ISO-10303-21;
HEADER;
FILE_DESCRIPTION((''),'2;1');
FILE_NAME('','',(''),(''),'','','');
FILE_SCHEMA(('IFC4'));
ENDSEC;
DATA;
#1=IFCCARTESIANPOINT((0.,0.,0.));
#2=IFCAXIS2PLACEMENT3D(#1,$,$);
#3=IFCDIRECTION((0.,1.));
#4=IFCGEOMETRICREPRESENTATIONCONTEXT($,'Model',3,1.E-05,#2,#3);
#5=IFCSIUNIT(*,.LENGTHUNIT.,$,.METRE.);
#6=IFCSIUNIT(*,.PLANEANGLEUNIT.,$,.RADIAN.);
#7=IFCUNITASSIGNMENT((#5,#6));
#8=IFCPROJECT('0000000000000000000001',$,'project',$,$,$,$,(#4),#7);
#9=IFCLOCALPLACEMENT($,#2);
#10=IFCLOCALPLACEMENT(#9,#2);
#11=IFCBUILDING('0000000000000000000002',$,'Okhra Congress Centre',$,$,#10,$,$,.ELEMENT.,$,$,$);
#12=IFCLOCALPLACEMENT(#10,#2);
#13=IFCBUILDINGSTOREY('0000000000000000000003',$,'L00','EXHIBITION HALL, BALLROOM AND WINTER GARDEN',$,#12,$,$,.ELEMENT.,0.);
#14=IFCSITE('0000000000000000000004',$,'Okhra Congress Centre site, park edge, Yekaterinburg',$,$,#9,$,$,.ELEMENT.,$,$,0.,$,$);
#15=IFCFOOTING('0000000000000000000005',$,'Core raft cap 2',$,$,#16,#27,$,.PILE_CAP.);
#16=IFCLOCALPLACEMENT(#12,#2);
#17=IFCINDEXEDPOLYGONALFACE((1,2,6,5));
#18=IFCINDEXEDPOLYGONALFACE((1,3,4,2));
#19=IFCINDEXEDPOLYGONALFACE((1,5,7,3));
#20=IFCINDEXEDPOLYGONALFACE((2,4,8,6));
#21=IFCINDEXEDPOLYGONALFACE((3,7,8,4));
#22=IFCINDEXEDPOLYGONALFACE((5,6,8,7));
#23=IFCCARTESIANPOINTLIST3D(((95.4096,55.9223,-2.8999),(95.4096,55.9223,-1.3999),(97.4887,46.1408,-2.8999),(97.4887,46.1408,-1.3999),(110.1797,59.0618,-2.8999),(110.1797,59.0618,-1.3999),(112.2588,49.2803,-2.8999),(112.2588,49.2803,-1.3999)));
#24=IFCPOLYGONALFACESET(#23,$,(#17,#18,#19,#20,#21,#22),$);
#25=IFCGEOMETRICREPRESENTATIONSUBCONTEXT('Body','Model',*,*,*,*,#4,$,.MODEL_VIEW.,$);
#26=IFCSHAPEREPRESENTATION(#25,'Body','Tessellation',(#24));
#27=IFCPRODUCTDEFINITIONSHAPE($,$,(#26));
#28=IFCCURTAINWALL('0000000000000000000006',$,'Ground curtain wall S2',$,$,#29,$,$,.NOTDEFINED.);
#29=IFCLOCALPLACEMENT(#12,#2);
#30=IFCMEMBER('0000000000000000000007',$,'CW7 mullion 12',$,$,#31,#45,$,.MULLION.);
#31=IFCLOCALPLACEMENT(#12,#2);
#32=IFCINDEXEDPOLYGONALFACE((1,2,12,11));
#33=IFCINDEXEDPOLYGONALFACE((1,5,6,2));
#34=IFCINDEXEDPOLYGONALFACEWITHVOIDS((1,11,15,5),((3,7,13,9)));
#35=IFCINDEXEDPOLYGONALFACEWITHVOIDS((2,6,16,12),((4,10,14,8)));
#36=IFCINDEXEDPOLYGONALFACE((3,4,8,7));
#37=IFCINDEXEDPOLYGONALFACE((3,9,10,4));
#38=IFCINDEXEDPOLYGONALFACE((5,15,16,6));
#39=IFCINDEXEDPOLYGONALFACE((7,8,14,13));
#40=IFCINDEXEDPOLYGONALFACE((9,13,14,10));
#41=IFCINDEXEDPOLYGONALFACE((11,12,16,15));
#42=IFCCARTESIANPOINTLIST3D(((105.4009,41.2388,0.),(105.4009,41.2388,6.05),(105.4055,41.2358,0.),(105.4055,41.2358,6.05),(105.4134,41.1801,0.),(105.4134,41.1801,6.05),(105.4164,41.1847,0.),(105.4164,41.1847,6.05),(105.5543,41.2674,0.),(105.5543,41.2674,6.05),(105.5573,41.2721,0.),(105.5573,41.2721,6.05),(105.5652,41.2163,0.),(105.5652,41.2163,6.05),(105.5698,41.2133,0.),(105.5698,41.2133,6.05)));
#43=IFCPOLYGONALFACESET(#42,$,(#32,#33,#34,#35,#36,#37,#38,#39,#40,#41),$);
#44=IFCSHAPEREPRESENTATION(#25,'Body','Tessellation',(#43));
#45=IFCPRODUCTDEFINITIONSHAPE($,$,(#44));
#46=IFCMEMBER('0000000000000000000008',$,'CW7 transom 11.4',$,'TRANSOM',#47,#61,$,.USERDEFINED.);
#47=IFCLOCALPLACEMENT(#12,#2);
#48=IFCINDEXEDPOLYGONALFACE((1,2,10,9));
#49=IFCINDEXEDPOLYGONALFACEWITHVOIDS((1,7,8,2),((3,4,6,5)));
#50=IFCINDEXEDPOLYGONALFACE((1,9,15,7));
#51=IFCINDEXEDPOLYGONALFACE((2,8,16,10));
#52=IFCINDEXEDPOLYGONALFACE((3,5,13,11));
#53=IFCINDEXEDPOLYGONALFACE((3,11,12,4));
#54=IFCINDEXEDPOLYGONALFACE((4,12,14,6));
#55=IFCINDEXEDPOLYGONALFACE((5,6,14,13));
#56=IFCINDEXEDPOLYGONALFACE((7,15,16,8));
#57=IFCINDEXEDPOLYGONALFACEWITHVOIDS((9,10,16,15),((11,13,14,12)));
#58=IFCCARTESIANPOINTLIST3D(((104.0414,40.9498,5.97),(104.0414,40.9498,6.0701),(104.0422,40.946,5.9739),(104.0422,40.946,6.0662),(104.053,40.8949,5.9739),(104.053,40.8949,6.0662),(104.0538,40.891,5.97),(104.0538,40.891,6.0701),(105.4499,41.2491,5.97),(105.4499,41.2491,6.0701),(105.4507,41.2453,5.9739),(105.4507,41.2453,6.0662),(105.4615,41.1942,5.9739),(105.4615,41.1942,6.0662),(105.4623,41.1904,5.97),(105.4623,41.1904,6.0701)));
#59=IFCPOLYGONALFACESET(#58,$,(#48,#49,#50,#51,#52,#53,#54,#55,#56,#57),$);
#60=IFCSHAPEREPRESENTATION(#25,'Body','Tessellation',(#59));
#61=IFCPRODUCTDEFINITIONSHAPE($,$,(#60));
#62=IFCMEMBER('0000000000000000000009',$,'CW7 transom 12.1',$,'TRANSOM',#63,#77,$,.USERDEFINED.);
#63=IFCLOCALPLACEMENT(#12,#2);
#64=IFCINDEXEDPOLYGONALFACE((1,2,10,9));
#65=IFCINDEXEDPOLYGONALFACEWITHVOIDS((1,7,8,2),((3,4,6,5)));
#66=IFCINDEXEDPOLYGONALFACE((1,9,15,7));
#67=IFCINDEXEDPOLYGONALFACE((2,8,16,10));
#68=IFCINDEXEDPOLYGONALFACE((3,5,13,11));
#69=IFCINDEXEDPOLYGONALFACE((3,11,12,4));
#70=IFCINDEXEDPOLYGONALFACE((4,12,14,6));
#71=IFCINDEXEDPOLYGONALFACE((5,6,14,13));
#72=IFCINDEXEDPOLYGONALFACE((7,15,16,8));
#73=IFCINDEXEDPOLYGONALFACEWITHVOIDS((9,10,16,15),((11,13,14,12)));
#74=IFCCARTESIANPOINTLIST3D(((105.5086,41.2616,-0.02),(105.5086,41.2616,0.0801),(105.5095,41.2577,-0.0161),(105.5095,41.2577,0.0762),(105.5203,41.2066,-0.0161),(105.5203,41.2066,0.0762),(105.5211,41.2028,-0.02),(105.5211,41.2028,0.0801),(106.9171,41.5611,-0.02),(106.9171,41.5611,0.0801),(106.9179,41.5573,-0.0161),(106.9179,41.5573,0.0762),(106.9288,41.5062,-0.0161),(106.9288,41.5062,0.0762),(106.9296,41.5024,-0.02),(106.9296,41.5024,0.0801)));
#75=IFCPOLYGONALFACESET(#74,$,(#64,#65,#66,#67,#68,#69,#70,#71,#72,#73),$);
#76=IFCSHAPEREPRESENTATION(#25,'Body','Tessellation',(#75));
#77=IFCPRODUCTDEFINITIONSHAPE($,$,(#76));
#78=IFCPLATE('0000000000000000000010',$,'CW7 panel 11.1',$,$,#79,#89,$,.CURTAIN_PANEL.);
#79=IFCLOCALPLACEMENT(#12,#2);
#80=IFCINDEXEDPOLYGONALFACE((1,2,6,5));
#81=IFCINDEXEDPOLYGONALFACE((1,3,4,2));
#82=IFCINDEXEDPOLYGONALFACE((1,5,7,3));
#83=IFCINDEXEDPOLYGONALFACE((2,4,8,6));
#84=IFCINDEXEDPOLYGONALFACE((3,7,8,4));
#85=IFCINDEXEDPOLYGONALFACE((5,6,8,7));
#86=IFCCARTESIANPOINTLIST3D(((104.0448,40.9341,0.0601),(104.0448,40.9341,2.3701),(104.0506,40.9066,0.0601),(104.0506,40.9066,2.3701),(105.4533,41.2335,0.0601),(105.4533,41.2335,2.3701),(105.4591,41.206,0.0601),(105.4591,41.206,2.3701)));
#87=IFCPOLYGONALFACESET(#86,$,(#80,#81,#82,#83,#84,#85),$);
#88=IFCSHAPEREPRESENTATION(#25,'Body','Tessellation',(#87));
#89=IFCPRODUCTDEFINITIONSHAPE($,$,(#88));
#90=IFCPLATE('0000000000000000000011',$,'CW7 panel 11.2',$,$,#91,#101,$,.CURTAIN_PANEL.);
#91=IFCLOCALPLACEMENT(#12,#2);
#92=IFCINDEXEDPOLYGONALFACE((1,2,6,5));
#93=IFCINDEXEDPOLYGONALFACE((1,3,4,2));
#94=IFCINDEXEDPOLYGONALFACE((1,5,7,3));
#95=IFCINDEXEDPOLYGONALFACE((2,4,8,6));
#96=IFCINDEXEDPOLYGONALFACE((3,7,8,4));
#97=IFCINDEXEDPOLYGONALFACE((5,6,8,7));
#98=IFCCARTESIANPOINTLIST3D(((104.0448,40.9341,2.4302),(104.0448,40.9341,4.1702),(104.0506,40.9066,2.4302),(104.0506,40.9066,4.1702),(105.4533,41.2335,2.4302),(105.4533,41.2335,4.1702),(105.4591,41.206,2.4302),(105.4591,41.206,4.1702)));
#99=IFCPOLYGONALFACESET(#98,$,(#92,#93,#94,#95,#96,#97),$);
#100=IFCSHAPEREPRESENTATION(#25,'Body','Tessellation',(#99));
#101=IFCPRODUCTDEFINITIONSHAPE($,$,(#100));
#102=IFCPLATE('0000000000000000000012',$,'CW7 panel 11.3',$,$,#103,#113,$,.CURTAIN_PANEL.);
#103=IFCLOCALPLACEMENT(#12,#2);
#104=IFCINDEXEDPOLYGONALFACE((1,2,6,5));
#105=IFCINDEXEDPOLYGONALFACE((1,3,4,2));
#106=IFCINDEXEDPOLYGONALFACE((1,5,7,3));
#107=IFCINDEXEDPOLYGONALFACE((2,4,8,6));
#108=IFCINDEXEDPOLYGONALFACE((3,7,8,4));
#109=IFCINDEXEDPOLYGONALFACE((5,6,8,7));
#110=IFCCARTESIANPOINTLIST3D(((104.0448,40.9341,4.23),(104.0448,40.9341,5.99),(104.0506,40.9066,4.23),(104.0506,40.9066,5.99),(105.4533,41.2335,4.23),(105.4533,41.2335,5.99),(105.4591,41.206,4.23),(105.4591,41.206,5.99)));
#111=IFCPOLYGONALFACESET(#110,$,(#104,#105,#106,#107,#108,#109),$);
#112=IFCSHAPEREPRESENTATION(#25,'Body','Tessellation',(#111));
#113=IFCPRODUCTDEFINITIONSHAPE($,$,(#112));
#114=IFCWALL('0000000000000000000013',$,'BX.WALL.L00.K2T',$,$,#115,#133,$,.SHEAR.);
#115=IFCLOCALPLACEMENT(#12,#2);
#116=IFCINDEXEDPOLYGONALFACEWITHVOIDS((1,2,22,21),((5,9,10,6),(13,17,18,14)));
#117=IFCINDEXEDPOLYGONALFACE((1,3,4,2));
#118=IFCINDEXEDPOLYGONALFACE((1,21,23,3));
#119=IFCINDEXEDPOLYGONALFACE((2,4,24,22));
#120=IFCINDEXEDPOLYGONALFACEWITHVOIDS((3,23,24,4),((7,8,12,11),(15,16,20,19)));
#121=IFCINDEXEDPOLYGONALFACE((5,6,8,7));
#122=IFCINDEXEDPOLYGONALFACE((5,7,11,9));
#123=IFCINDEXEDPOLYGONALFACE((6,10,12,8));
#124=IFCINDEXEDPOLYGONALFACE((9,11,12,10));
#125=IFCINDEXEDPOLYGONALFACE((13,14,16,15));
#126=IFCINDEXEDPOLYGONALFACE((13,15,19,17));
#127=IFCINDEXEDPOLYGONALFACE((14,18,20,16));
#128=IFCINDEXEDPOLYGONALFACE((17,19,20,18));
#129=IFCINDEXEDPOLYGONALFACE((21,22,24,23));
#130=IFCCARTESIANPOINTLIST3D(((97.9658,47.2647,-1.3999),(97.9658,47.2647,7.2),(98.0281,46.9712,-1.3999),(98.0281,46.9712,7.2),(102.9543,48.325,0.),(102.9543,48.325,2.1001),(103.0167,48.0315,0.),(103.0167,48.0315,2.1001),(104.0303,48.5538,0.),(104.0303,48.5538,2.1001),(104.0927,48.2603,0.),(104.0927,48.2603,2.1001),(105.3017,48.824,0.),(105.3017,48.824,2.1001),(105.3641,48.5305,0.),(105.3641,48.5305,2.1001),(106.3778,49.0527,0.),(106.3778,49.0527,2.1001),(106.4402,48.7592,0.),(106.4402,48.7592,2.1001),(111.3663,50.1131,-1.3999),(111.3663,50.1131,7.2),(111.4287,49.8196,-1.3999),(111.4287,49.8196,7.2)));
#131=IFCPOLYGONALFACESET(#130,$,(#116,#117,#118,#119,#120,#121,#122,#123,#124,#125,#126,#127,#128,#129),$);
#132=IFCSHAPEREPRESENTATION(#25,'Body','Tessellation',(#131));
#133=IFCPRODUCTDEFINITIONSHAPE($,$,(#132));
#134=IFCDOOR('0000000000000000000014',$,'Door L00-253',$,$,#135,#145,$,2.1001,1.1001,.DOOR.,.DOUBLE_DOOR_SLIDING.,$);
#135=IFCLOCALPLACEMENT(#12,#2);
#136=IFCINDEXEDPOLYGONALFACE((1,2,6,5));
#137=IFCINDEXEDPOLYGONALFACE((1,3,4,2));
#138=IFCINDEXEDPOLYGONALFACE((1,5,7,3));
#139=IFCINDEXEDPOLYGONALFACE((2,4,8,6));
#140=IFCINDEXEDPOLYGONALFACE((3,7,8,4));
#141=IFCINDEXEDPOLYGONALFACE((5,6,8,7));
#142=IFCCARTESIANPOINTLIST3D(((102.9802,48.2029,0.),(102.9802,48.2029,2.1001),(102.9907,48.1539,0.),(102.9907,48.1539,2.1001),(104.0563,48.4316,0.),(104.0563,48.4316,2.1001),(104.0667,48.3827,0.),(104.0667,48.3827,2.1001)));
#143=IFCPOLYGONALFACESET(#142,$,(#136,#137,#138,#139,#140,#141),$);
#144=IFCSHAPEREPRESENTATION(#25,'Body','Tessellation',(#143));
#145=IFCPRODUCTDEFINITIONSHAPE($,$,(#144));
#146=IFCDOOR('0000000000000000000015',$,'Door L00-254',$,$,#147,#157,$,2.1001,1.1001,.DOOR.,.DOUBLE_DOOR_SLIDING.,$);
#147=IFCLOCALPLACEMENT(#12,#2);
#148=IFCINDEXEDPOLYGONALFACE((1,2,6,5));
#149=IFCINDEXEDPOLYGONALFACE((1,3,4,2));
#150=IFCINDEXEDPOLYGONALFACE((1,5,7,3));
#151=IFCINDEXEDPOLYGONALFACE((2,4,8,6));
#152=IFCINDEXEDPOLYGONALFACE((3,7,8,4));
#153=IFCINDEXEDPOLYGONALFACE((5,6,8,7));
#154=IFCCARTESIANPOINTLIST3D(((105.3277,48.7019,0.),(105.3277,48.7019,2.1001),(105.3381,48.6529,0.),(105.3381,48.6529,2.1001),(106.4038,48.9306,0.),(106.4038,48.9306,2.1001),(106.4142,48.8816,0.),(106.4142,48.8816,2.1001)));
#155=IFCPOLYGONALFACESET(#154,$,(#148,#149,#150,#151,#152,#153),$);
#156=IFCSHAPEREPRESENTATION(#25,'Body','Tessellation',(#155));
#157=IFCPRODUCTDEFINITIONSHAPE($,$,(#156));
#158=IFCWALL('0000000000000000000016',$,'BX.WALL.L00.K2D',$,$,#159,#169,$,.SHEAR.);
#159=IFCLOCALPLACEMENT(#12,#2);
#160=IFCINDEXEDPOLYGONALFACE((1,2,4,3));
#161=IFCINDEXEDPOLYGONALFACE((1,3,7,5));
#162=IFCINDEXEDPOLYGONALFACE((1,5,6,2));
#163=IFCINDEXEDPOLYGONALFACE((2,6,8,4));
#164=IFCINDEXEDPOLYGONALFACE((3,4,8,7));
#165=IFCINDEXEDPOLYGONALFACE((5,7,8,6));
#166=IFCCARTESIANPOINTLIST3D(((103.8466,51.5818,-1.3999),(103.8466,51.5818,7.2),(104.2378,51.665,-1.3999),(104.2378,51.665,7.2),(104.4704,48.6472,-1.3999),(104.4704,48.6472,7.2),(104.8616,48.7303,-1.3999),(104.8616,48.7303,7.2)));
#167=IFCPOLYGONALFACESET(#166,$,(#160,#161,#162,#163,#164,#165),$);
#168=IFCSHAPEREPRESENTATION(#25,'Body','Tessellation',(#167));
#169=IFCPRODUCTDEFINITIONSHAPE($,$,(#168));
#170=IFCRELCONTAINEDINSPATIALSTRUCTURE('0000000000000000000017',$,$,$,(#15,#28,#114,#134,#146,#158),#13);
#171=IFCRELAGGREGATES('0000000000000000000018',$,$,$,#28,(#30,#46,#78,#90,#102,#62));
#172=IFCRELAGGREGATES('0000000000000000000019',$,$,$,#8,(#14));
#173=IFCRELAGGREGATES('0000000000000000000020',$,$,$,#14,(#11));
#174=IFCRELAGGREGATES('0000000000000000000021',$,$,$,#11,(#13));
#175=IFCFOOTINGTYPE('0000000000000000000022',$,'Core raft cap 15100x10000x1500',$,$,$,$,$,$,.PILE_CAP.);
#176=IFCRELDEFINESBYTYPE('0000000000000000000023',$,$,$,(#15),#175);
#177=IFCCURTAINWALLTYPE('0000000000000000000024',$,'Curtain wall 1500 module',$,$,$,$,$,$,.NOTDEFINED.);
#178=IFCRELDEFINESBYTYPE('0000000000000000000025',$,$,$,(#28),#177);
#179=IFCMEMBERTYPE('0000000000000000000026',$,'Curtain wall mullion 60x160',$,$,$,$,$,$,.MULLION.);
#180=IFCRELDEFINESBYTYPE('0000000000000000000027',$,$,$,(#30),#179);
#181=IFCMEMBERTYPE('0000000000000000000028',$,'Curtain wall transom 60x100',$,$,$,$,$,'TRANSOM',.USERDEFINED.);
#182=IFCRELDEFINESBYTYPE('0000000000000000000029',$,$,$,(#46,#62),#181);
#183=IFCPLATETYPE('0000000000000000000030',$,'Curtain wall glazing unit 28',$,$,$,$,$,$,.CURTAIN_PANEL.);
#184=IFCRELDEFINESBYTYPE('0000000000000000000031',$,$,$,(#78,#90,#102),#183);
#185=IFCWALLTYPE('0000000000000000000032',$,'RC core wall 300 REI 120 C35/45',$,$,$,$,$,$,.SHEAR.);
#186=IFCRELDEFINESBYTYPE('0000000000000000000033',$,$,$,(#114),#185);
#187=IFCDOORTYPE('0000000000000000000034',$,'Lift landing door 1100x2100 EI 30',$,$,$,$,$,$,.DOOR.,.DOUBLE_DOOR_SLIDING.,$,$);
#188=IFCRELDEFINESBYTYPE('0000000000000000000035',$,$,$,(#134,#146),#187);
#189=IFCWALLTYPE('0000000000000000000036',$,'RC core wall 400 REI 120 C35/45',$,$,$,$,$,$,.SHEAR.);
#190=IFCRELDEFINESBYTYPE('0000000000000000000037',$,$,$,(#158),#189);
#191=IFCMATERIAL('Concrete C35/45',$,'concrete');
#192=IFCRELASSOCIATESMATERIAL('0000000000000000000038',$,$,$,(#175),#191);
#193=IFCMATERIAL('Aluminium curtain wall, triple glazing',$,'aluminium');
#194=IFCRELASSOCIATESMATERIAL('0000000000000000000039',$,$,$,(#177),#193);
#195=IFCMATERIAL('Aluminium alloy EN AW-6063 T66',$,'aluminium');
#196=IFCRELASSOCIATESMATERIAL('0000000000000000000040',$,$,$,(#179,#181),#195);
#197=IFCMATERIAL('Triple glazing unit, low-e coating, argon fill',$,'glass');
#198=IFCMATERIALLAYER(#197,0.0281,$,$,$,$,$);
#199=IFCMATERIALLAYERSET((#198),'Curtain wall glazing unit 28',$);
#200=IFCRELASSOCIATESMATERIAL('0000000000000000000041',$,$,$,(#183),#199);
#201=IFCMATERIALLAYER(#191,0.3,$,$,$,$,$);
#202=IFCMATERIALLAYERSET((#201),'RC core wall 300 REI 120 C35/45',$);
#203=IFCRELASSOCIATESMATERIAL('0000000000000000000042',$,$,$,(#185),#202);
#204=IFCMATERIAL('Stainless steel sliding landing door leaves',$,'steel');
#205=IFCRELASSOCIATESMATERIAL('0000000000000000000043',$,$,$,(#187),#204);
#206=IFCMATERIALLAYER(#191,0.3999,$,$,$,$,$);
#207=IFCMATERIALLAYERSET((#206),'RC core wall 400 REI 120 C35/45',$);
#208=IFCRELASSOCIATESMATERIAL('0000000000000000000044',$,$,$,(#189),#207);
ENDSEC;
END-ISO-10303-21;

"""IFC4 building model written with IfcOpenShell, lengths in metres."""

from ifc_helpers import new_model, si_unit, direction, frame, frame_2d, origin, origin_2d, place, context, subcontext, project, spatial, rectangle, hollow_rectangle, extrude, material, layer, layer_set, material_profile, profile_set, type_object, element, fill, aggregate, save


model = new_model("IFC4")

# Units and contexts
model_context = context("Model", 3, precision=1e-05, world=origin(), true_north=direction((0.0, 1.0)))
body_context = subcontext(model_context, "Body", "Model", "MODEL_VIEW")
ifc_project = project(units=[si_unit("LENGTHUNIT", "METRE"), si_unit("PLANEANGLEUNIT", "RADIAN")], contexts=[model_context])

# Site, building, storey
site_placement = place(None, origin())
site = spatial("IfcSite", under=ifc_project, at=site_placement, Name="Okhra Congress Centre site, park edge, Yekaterinburg", CompositionType="ELEMENT", RefElevation=0.0)
building_placement = place(site_placement, origin())
building = spatial("IfcBuilding", under=site, at=building_placement, Name="Okhra Congress Centre", CompositionType="ELEMENT")
storey_placement = place(building_placement, origin())
storey = spatial("IfcBuildingStorey", under=building, at=storey_placement, Name="L00", Description="EXHIBITION HALL, BALLROOM AND WINTER GARDEN", CompositionType="ELEMENT", Elevation=0.0)

# Footing
ifc_material_1 = material(Name="Concrete C35/45", Category="concrete")
footing_type = type_object("IfcFootingType", Name="Core raft cap 15100x10000x1500", PredefinedType="PILE_CAP", material=ifc_material_1)
footing_placement = place(storey_placement, frame((103.8342, 52.6013, -2.8999), z_axis=(0.0, 0.0, 1.0), x_axis=(0.978148, 0.207912, 0.0)))
element("IfcFooting", 1, at=footing_placement, inside=storey, type_object=footing_type, Name="Core raft cap 2", PredefinedType="PILE_CAP", context=body_context, shape_type="SweptSolid", body=[
    extrude(rectangle(XDim=15.1001, YDim=10.0, at=origin_2d()), origin(), (0.0, 0.0, 1.0), 1.5),
])

# Curtain wall, members, plates
ifc_material_2 = material(Name="Aluminium curtain wall, triple glazing", Category="aluminium")
curtain_wall_type = type_object("IfcCurtainWallType", Name="Curtain wall 1500 module", PredefinedType="NOTDEFINED", material=ifc_material_2)
curtain_wall_placement = place(storey_placement, origin())
curtain_wall = element("IfcCurtainWall", 2, at=curtain_wall_placement, inside=storey, type_object=curtain_wall_type, Name="Ground curtain wall S2", PredefinedType="NOTDEFINED")
ifc_material_3 = material(Name="Aluminium alloy EN AW-6063 T66", Category="aluminium")
ifc_material_profile_1 = material_profile(ifc_material_3, hollow_rectangle(XDim=0.0601, YDim=0.1599, WallThickness=0.0039, at=origin_2d()), Name="RHS 60x160x4")
ifc_profile_set_1 = profile_set([ifc_material_profile_1], Name="Aluminium alloy EN AW-6063 T66")
member_type_1 = type_object("IfcMemberType", Name="Curtain wall mullion 60x160", PredefinedType="MULLION", material=ifc_profile_set_1)
member_1_placement = place(storey_placement, frame((105.4854, 41.2261, 0.0), z_axis=(0.0, 0.0, 1.0), x_axis=(-0.207912, 0.978148, 0.0)))
member_1 = element("IfcMember", 3, at=member_1_placement, type_object=member_type_1, Name="CW7 mullion 12", PredefinedType="MULLION", context=body_context, shape_type="SweptSolid", body=[
    extrude(hollow_rectangle(XDim=0.0601, YDim=0.1599, WallThickness=0.0039, at=origin_2d()), origin(), (0.0, 0.0, 1.0), 6.05),
])
ifc_material_profile_2 = material_profile(ifc_material_3, hollow_rectangle(XDim=0.0601, YDim=0.1001, WallThickness=0.0039, at=origin_2d()), Name="RHS 60x100x4")
ifc_profile_set_2 = profile_set([ifc_material_profile_2], Name="Aluminium alloy EN AW-6063 T66")
member_type_2 = type_object("IfcMemberType", Name="Curtain wall transom 60x100", ElementType="TRANSOM", PredefinedType="USERDEFINED", material=ifc_profile_set_2)
member_2_placement = place(storey_placement, frame((104.0476, 40.9204, 6.02), z_axis=(0.978156, 0.207873, 0.0), x_axis=(-0.207873, 0.978156, 0.0)))
member_2 = element("IfcMember", 4, at=member_2_placement, type_object=member_type_2, Name="CW7 transom 11.4", ObjectType="TRANSOM", PredefinedType="USERDEFINED", context=body_context, shape_type="SweptSolid", body=[
    extrude(hollow_rectangle(XDim=0.0601, YDim=0.1001, WallThickness=0.0039, at=origin_2d()), origin(), (0.0, 0.0, 1.0), 1.4399),
])
member_3_placement = place(storey_placement, frame((105.5149, 41.2322, 0.03), z_axis=(0.978121, 0.208035, 0.0), x_axis=(-0.208035, 0.978121, 0.0)))
member_3 = element("IfcMember", 5, at=member_3_placement, type_object=member_type_2, Name="CW7 transom 12.1", ObjectType="TRANSOM", PredefinedType="USERDEFINED", context=body_context, shape_type="SweptSolid", body=[
    extrude(hollow_rectangle(XDim=0.0601, YDim=0.1001, WallThickness=0.0039, at=origin_2d()), origin(), (0.0, 0.0, 1.0), 1.4399),
])
ifc_material_4 = material(Name="Triple glazing unit, low-e coating, argon fill", Category="glass")
ifc_layer_1 = layer(ifc_material_4, 0.0281)
ifc_layer_set_1 = layer_set([ifc_layer_1], Name="Curtain wall glazing unit 28")
plate_type = type_object("IfcPlateType", Name="Curtain wall glazing unit 28", PredefinedType="CURTAIN_PANEL", material=ifc_layer_set_1)
plate_1_placement = place(storey_placement, frame((104.752, 41.0701, 0.0601), z_axis=(0.0, 0.0, 1.0), x_axis=(0.978148, 0.207912, 0.0)))
plate_1 = element("IfcPlate", 6, at=plate_1_placement, type_object=plate_type, Name="CW7 panel 11.1", PredefinedType="CURTAIN_PANEL", context=body_context, shape_type="SweptSolid", body=[
    extrude(rectangle(XDim=1.4399, YDim=0.0281, at=origin_2d()), origin(), (0.0, 0.0, 1.0), 2.3101),
])
plate_2_placement = place(storey_placement, frame((104.752, 41.0701, 2.4302), z_axis=(0.0, 0.0, 1.0), x_axis=(0.978148, 0.207912, 0.0)))
plate_2 = element("IfcPlate", 7, at=plate_2_placement, type_object=plate_type, Name="CW7 panel 11.2", PredefinedType="CURTAIN_PANEL", context=body_context, shape_type="SweptSolid", body=[
    extrude(rectangle(XDim=1.4399, YDim=0.0281, at=origin_2d()), origin(), (0.0, 0.0, 1.0), 1.74),
])
plate_3_placement = place(storey_placement, frame((104.752, 41.0701, 4.23), z_axis=(0.0, 0.0, 1.0), x_axis=(0.978148, 0.207912, 0.0)))
plate_3 = element("IfcPlate", 8, at=plate_3_placement, type_object=plate_type, Name="CW7 panel 11.3", PredefinedType="CURTAIN_PANEL", context=body_context, shape_type="SweptSolid", body=[
    extrude(rectangle(XDim=1.4399, YDim=0.0281, at=origin_2d()), origin(), (0.0, 0.0, 1.0), 1.76),
])
aggregate(curtain_wall, [member_1, member_2, plate_1, plate_2, plate_3, member_3])

# Wall, openings, doors
ifc_layer_2 = layer(ifc_material_1, 0.3)
ifc_layer_set_2 = layer_set([ifc_layer_2], Name="RC core wall 300 REI 120 C35/45")
wall_type_1 = type_object("IfcWallType", Name="RC core wall 300 REI 120 C35/45", PredefinedType="SHEAR", material=ifc_layer_set_2)
wall_1_placement = place(storey_placement, frame((97.9968, 47.1179, -1.3999), z_axis=(0.0, 0.0, 1.0), x_axis=(0.978148, 0.207911, 0.0)))
wall_1 = element("IfcWall", 9, at=wall_1_placement, inside=storey, type_object=wall_type_1, Name="BX.WALL.L00.K2T", PredefinedType="SHEAR", context=body_context, shape_type="SweptSolid", body=[
    extrude(rectangle(XDim=13.7, YDim=0.3, at=frame_2d((6.8501, 0.0))), origin(), (0.0, 0.0, 1.0), 8.5999),
])
opening_1_placement = place(wall_1_placement, frame((5.1001, 0.0, 1.3999)))
opening_1 = element("IfcOpeningElement", 10, at=opening_1_placement, cuts=wall_1, PredefinedType="OPENING", context=body_context, shape_type="SweptSolid", body=[
    extrude(rectangle(XDim=1.1001, YDim=2.1001, at=frame_2d((0.55, 1.05))), frame((0.0, 0.1599, 0.0), z_axis=(0.0, -1.0, 0.0), x_axis=(1.0, 0.0, 0.0)), (0.0, 0.0, 1.0), 0.3201),
])
opening_2_placement = place(wall_1_placement, frame((7.5, 0.0, 1.3999)))
opening_2 = element("IfcOpeningElement", 11, at=opening_2_placement, cuts=wall_1, PredefinedType="OPENING", context=body_context, shape_type="SweptSolid", body=[
    extrude(rectangle(XDim=1.1001, YDim=2.1001, at=frame_2d((0.55, 1.05))), frame((0.0, 0.1599, 0.0), z_axis=(0.0, -1.0, 0.0), x_axis=(1.0, 0.0, 0.0)), (0.0, 0.0, 1.0), 0.3201),
])
ifc_material_5 = material(Name="Stainless steel sliding landing door leaves", Category="steel")
door_type = type_object("IfcDoorType", Name="Lift landing door 1100x2100 EI 30", OperationType="DOUBLE_DOOR_SLIDING", PredefinedType="DOOR", material=ifc_material_5)
door_1_placement = place(opening_1_placement, frame((1.1001, 0.0, 0.0), z_axis=(0.0, 0.0, 1.0), x_axis=(-1.0, 0.0, 0.0)))
door_1 = element("IfcDoor", 12, at=door_1_placement, inside=storey, type_object=door_type, Name="Door L00-253", OperationType="DOUBLE_DOOR_SLIDING", OverallHeight=2.1001, OverallWidth=1.1001, PredefinedType="DOOR", context=body_context, shape_type="SweptSolid", body=[
    extrude(rectangle(XDim=1.1001, YDim=2.1001, at=frame_2d((0.55, 1.05))), frame((0.0, 0.0249, 0.0), z_axis=(0.0, -1.0, 0.0), x_axis=(1.0, 0.0, 0.0)), (0.0, 0.0, 1.0), 0.05),
])
fill(opening_1, door_1)
door_2_placement = place(opening_2_placement, frame((1.1001, 0.0, 0.0), z_axis=(0.0, 0.0, 1.0), x_axis=(-1.0, 0.0, 0.0)))
door_2 = element("IfcDoor", 13, at=door_2_placement, inside=storey, type_object=door_type, Name="Door L00-254", OperationType="DOUBLE_DOOR_SLIDING", OverallHeight=2.1001, OverallWidth=1.1001, PredefinedType="DOOR", context=body_context, shape_type="SweptSolid", body=[
    extrude(rectangle(XDim=1.1001, YDim=2.1001, at=frame_2d((0.55, 1.05))), frame((0.0, 0.0249, 0.0), z_axis=(0.0, -1.0, 0.0), x_axis=(1.0, 0.0, 0.0)), (0.0, 0.0, 1.0), 0.05),
])
fill(opening_2, door_2)

# Wall
ifc_layer_3 = layer(ifc_material_1, 0.3999)
ifc_layer_set_3 = layer_set([ifc_layer_3], Name="RC core wall 400 REI 120 C35/45")
wall_type_2 = type_object("IfcWallType", Name="RC core wall 400 REI 120 C35/45", PredefinedType="SHEAR", material=ifc_layer_set_3)
wall_2_placement = place(storey_placement, frame((104.0422, 51.6233, -1.3999), z_axis=(0.0, 0.0, 1.0), x_axis=(0.207917, -0.978146, 0.0)))
element("IfcWall", 14, at=wall_2_placement, inside=storey, type_object=wall_type_2, Name="BX.WALL.L00.K2D", PredefinedType="SHEAR", context=body_context, shape_type="SweptSolid", body=[
    extrude(rectangle(XDim=3.0002, YDim=0.3999, at=frame_2d((1.5, 0.0))), origin(), (0.0, 0.0, 1.0), 8.5999),
])

save(model, "model.ifc")
